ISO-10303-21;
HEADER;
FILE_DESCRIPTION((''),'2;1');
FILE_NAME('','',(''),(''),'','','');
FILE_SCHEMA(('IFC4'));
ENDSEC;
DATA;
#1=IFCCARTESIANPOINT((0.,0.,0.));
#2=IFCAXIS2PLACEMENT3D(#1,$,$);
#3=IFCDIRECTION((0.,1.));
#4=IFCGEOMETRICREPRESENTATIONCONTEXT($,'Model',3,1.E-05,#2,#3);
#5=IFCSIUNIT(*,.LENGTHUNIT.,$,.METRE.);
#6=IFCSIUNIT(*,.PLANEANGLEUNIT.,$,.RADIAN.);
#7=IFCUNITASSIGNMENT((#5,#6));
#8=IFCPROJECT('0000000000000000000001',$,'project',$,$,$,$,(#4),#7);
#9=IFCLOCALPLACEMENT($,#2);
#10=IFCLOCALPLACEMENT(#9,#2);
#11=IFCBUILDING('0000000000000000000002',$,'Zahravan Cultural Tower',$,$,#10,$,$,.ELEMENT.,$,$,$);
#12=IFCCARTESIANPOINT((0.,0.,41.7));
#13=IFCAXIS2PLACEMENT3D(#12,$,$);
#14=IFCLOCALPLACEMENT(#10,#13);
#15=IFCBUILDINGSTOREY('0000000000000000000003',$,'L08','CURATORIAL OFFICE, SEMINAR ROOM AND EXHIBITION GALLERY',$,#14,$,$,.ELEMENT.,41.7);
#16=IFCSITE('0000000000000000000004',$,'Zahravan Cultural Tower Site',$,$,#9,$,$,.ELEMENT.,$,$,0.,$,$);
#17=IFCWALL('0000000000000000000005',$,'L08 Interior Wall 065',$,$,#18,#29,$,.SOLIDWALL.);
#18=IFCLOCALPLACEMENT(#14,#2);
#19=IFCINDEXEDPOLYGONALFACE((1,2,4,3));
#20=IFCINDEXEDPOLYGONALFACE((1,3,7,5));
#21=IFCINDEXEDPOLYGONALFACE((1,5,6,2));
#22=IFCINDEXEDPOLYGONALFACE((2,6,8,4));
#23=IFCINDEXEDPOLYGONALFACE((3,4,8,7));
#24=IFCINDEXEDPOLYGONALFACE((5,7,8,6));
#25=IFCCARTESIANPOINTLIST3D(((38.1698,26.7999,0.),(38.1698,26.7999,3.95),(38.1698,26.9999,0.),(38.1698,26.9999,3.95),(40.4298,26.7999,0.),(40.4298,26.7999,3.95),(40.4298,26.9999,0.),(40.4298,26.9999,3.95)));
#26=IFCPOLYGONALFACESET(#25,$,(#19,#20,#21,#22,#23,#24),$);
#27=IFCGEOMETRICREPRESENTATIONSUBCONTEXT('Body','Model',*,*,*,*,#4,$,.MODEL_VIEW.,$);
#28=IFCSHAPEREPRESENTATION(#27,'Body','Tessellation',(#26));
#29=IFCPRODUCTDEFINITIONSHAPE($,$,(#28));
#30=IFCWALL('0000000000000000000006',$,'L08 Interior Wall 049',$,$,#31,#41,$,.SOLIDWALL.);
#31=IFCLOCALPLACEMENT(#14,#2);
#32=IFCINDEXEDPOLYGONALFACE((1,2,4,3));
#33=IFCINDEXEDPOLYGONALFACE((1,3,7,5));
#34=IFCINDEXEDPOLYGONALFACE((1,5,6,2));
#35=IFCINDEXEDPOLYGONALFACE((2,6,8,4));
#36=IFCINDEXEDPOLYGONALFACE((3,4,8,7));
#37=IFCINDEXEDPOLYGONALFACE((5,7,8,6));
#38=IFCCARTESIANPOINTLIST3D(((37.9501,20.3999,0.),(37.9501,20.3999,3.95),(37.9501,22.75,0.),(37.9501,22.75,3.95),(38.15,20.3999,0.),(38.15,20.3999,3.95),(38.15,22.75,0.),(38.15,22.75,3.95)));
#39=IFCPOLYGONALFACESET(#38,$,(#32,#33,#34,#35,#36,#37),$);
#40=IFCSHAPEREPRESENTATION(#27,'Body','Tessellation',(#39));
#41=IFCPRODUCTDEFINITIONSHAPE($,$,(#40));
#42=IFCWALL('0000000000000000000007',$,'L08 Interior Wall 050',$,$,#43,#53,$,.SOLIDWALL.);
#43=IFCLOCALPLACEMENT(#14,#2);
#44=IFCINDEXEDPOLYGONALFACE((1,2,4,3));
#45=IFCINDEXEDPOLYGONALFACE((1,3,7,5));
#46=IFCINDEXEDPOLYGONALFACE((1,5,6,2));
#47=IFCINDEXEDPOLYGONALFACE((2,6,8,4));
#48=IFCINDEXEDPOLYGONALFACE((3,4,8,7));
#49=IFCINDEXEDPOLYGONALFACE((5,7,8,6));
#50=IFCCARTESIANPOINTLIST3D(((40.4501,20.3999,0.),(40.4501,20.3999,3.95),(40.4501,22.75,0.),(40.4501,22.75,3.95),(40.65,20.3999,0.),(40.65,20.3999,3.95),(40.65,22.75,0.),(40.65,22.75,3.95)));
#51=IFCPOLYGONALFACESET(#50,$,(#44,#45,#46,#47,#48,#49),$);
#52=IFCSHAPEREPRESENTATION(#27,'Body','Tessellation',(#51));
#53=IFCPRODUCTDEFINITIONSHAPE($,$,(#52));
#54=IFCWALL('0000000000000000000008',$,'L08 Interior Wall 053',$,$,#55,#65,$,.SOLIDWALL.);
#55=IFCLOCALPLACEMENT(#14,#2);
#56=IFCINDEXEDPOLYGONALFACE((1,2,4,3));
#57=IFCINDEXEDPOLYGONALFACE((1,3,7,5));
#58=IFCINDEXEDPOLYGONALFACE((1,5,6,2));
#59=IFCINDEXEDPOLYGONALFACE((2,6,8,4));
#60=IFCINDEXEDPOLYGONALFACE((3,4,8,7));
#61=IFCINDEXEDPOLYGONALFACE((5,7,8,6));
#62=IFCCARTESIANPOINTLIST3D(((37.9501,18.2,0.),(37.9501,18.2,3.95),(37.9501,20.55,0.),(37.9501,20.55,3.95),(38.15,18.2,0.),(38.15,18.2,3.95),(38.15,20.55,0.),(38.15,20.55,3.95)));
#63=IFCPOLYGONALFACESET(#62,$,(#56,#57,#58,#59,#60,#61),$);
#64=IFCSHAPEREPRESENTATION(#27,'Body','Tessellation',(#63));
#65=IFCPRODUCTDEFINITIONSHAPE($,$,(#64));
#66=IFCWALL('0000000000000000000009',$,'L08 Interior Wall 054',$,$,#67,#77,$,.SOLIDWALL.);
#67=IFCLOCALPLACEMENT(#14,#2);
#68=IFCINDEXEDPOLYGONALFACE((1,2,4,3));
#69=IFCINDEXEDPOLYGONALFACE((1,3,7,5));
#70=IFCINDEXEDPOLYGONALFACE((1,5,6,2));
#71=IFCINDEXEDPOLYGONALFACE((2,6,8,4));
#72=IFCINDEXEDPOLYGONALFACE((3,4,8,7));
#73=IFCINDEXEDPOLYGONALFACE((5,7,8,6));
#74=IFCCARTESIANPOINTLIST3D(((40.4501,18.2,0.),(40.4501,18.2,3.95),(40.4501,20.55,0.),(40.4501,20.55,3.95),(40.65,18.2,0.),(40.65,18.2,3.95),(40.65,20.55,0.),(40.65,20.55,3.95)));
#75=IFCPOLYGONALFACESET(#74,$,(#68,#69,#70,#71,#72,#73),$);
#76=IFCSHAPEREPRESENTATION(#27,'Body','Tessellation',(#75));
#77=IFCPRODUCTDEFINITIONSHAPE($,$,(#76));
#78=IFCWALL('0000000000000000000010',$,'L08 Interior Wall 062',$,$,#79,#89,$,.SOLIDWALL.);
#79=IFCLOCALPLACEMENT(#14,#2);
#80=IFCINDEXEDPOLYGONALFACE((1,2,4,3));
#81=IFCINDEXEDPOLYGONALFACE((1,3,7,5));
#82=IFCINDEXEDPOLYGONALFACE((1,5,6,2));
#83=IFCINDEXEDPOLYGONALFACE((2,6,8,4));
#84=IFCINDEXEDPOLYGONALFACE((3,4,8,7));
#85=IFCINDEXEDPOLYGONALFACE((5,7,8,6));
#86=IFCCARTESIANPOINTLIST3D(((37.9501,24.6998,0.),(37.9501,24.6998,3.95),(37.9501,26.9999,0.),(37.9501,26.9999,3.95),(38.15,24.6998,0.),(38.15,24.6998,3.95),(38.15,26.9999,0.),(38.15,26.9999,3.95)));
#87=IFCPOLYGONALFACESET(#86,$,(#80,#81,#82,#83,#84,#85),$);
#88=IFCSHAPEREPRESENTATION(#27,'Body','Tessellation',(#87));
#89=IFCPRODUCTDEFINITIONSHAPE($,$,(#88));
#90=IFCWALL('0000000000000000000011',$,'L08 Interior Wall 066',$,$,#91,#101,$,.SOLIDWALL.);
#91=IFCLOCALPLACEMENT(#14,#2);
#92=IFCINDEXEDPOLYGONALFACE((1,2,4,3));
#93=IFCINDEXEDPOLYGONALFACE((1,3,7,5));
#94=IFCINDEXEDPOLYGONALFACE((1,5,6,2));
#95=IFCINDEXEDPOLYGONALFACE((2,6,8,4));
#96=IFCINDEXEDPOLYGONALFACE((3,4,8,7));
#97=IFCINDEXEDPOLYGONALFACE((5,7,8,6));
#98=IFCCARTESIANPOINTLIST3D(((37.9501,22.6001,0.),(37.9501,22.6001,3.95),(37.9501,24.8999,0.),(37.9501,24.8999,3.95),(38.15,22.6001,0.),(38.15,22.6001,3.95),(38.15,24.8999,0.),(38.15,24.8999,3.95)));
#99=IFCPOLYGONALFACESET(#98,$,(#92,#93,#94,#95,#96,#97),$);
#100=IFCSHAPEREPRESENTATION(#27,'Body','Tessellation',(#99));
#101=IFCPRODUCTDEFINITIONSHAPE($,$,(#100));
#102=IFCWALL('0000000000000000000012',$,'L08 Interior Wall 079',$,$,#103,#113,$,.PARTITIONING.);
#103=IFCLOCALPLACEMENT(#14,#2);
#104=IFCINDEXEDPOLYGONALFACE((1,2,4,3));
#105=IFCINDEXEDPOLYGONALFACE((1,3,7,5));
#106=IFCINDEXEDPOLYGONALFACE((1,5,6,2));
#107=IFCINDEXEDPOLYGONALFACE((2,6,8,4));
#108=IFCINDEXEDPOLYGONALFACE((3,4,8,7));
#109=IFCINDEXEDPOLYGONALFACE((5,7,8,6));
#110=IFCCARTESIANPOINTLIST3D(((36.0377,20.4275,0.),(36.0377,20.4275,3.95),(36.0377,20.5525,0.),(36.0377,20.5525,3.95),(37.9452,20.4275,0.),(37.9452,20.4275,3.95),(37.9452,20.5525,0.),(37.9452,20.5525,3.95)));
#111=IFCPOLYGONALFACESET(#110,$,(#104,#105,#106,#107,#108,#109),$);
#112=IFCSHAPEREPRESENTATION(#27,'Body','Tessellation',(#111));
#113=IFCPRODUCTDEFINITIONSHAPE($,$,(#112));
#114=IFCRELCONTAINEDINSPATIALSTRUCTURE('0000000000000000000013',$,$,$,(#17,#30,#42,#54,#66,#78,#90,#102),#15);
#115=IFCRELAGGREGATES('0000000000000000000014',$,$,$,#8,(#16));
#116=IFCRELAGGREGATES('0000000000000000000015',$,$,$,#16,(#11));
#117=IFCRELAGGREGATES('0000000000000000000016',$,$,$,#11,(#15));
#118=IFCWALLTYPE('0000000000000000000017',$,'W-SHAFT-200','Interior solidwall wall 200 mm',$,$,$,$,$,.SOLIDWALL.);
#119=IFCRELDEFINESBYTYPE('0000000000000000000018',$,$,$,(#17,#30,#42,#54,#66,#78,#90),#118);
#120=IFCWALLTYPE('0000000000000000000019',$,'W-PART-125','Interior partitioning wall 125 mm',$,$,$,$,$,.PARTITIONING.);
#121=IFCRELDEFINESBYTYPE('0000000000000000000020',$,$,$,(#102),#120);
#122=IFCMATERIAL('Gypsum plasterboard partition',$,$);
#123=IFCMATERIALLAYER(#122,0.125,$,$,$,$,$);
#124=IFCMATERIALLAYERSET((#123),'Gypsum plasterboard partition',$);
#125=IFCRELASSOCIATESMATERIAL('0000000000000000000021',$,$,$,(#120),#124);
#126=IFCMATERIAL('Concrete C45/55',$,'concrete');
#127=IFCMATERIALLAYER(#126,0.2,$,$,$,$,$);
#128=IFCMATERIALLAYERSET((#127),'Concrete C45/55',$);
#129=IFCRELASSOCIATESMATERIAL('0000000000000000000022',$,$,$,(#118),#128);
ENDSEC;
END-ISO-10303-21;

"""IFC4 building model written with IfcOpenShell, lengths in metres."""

from ifc_helpers import new_model, si_unit, direction, frame, frame_2d, origin, place, context, subcontext, project, spatial, rectangle, extrude, source, transform, mapped, material, layer, layer_set, type_object, element, save


model = new_model("IFC4")

# Units and contexts
model_context = context("Model", 3, precision=1e-05, world=origin(), true_north=direction((0.0, 1.0)))
body_context = subcontext(model_context, "Body", "Model", "MODEL_VIEW")
ifc_project = project(units=[si_unit("LENGTHUNIT", "METRE"), si_unit("PLANEANGLEUNIT", "RADIAN")], contexts=[model_context])

# Site, building, storey
site_placement = place(None, origin())
site = spatial("IfcSite", under=ifc_project, at=site_placement, Name="Zahravan Cultural Tower Site", CompositionType="ELEMENT", RefElevation=0.0)
building_placement = place(site_placement, origin())
building = spatial("IfcBuilding", under=site, at=building_placement, Name="Zahravan Cultural Tower", CompositionType="ELEMENT")
storey_placement = place(building_placement, frame((0.0, 0.0, 41.7)))
storey = spatial("IfcBuildingStorey", under=building, at=storey_placement, Name="L08", Description="CURATORIAL OFFICE, SEMINAR ROOM AND EXHIBITION GALLERY", CompositionType="ELEMENT", Elevation=41.7)

# Shared definitions
ifc_material_1 = material(Name="Gypsum plasterboard partition")
ifc_layer_1 = layer(ifc_material_1, 0.125)
ifc_layer_set_1 = layer_set([ifc_layer_1], Name="Gypsum plasterboard partition")
wall_type_1 = type_object("IfcWallType", Name="W-PART-125", Description="Interior partitioning wall 125 mm", PredefinedType="PARTITIONING", material=ifc_layer_set_1)
ifc_material_2 = material(Name="Concrete C45/55", Category="concrete")
ifc_layer_2 = layer(ifc_material_2, 0.2)
ifc_layer_set_2 = layer_set([ifc_layer_2], Name="Concrete C45/55")
wall_type_2 = type_object("IfcWallType", Name="W-SHAFT-200", Description="Interior solidwall wall 200 mm", PredefinedType="SOLIDWALL", material=ifc_layer_set_2)

# Walls
shared_shape_1 = source(origin(), body_context, "Body", "SweptSolid", [
    extrude(rectangle(XDim=2.26, YDim=0.2, at=frame_2d((1.1299, 0.0))), origin(), (0.0, 0.0, 1.0), 3.95),
])
for number, where, z_axis, x_axis, name in (
    (1, (38.1699, 26.8999, 0.0), (0.0, 0.0, 1.0), (1.0, 0.0, 0.0), "L08 Interior Wall 065"),
):
    element("IfcWall", number, at=place(storey_placement, frame(where, z_axis=z_axis, x_axis=x_axis)), inside=storey, type_object=wall_type_2, Name=name, PredefinedType="SOLIDWALL", context=body_context, shape_type="MappedRepresentation", body=[
        mapped(shared_shape_1, transform((0.0, 0.0, 0.0), x_axis=(1.0, 0.0, 0.0), y_axis=(0.0, 1.0, 0.0), z_axis=(0.0, 0.0, 1.0), scale=1.0)),
    ])
shared_shape_2 = source(origin(), body_context, "Body", "SweptSolid", [
    extrude(rectangle(XDim=2.3501, YDim=0.2, at=frame_2d((1.175, 0.0))), origin(), (0.0, 0.0, 1.0), 3.95),
])
for number, where, z_axis, x_axis, name in (
    (2, (38.05, 20.3999, 0.0), (0.0, 0.0, 1.0), (0.0, 1.0, 0.0), "L08 Interior Wall 049"),
    (3, (40.55, 20.3999, 0.0), (0.0, 0.0, 1.0), (0.0, 1.0, 0.0), "L08 Interior Wall 050"),
    (4, (38.05, 18.2, 0.0), (0.0, 0.0, 1.0), (0.0, 1.0, 0.0), "L08 Interior Wall 053"),
    (5, (40.55, 18.2, 0.0), (0.0, 0.0, 1.0), (0.0, 1.0, 0.0), "L08 Interior Wall 054"),
):
    element("IfcWall", number, at=place(storey_placement, frame(where, z_axis=z_axis, x_axis=x_axis)), inside=storey, type_object=wall_type_2, Name=name, PredefinedType="SOLIDWALL", context=body_context, shape_type="MappedRepresentation", body=[
        mapped(shared_shape_2, transform((0.0, 0.0, 0.0), x_axis=(1.0, 0.0, 0.0), y_axis=(0.0, 1.0, 0.0), z_axis=(0.0, 0.0, 1.0), scale=1.0)),
    ])
shared_shape_3 = source(origin(), body_context, "Body", "SweptSolid", [
    extrude(rectangle(XDim=2.3, YDim=0.2, at=frame_2d((1.1499, 0.0))), origin(), (0.0, 0.0, 1.0), 3.95),
])
wall_1_placement = place(storey_placement, frame((38.05, 24.7, 0.0), z_axis=(0.0, 0.0, 1.0), x_axis=(0.0, 1.0, 0.0)))
element("IfcWall", 6, at=wall_1_placement, inside=storey, type_object=wall_type_2, Name="L08 Interior Wall 062", PredefinedType="SOLIDWALL", context=body_context, shape_type="MappedRepresentation", body=[
    mapped(shared_shape_3, transform((0.0, 0.0, 0.0), x_axis=(1.0, 0.0, 0.0), y_axis=(0.0, 1.0, 0.0), z_axis=(0.0, 0.0, 1.0), scale=1.0)),
])
shared_shape_4 = source(origin(), body_context, "Body", "SweptSolid", [
    extrude(rectangle(XDim=2.2998, YDim=0.2, at=frame_2d((1.1499, 0.0))), origin(), (0.0, 0.0, 1.0), 3.95),
])
wall_2_placement = place(storey_placement, frame((38.05, 22.6001, 0.0), z_axis=(0.0, 0.0, 1.0), x_axis=(0.0, 1.0, 0.0)))
element("IfcWall", 7, at=wall_2_placement, inside=storey, type_object=wall_type_2, Name="L08 Interior Wall 066", PredefinedType="SOLIDWALL", context=body_context, shape_type="MappedRepresentation", body=[
    mapped(shared_shape_4, transform((0.0, 0.0, 0.0), x_axis=(1.0, 0.0, 0.0), y_axis=(0.0, 1.0, 0.0), z_axis=(0.0, 0.0, 1.0), scale=1.0)),
])
shared_shape_5 = source(origin(), body_context, "Body", "SweptSolid", [
    extrude(rectangle(XDim=1.9075, YDim=0.125, at=frame_2d((0.9536, 0.0))), origin(), (0.0, 0.0, 1.0), 3.95),
])
wall_3_placement = place(storey_placement, frame((37.9451, 20.49, 0.0), z_axis=(0.0, 0.0, 1.0), x_axis=(-1.0, 0.0, 0.0)))
element("IfcWall", 8, at=wall_3_placement, inside=storey, type_object=wall_type_1, Name="L08 Interior Wall 079", PredefinedType="PARTITIONING", context=body_context, shape_type="MappedRepresentation", body=[
    mapped(shared_shape_5, transform((0.0, 0.0, 0.0), x_axis=(1.0, 0.0, 0.0), y_axis=(0.0, 1.0, 0.0), z_axis=(0.0, 0.0, 1.0), scale=1.0)),
])

save(model, "model.ifc")
